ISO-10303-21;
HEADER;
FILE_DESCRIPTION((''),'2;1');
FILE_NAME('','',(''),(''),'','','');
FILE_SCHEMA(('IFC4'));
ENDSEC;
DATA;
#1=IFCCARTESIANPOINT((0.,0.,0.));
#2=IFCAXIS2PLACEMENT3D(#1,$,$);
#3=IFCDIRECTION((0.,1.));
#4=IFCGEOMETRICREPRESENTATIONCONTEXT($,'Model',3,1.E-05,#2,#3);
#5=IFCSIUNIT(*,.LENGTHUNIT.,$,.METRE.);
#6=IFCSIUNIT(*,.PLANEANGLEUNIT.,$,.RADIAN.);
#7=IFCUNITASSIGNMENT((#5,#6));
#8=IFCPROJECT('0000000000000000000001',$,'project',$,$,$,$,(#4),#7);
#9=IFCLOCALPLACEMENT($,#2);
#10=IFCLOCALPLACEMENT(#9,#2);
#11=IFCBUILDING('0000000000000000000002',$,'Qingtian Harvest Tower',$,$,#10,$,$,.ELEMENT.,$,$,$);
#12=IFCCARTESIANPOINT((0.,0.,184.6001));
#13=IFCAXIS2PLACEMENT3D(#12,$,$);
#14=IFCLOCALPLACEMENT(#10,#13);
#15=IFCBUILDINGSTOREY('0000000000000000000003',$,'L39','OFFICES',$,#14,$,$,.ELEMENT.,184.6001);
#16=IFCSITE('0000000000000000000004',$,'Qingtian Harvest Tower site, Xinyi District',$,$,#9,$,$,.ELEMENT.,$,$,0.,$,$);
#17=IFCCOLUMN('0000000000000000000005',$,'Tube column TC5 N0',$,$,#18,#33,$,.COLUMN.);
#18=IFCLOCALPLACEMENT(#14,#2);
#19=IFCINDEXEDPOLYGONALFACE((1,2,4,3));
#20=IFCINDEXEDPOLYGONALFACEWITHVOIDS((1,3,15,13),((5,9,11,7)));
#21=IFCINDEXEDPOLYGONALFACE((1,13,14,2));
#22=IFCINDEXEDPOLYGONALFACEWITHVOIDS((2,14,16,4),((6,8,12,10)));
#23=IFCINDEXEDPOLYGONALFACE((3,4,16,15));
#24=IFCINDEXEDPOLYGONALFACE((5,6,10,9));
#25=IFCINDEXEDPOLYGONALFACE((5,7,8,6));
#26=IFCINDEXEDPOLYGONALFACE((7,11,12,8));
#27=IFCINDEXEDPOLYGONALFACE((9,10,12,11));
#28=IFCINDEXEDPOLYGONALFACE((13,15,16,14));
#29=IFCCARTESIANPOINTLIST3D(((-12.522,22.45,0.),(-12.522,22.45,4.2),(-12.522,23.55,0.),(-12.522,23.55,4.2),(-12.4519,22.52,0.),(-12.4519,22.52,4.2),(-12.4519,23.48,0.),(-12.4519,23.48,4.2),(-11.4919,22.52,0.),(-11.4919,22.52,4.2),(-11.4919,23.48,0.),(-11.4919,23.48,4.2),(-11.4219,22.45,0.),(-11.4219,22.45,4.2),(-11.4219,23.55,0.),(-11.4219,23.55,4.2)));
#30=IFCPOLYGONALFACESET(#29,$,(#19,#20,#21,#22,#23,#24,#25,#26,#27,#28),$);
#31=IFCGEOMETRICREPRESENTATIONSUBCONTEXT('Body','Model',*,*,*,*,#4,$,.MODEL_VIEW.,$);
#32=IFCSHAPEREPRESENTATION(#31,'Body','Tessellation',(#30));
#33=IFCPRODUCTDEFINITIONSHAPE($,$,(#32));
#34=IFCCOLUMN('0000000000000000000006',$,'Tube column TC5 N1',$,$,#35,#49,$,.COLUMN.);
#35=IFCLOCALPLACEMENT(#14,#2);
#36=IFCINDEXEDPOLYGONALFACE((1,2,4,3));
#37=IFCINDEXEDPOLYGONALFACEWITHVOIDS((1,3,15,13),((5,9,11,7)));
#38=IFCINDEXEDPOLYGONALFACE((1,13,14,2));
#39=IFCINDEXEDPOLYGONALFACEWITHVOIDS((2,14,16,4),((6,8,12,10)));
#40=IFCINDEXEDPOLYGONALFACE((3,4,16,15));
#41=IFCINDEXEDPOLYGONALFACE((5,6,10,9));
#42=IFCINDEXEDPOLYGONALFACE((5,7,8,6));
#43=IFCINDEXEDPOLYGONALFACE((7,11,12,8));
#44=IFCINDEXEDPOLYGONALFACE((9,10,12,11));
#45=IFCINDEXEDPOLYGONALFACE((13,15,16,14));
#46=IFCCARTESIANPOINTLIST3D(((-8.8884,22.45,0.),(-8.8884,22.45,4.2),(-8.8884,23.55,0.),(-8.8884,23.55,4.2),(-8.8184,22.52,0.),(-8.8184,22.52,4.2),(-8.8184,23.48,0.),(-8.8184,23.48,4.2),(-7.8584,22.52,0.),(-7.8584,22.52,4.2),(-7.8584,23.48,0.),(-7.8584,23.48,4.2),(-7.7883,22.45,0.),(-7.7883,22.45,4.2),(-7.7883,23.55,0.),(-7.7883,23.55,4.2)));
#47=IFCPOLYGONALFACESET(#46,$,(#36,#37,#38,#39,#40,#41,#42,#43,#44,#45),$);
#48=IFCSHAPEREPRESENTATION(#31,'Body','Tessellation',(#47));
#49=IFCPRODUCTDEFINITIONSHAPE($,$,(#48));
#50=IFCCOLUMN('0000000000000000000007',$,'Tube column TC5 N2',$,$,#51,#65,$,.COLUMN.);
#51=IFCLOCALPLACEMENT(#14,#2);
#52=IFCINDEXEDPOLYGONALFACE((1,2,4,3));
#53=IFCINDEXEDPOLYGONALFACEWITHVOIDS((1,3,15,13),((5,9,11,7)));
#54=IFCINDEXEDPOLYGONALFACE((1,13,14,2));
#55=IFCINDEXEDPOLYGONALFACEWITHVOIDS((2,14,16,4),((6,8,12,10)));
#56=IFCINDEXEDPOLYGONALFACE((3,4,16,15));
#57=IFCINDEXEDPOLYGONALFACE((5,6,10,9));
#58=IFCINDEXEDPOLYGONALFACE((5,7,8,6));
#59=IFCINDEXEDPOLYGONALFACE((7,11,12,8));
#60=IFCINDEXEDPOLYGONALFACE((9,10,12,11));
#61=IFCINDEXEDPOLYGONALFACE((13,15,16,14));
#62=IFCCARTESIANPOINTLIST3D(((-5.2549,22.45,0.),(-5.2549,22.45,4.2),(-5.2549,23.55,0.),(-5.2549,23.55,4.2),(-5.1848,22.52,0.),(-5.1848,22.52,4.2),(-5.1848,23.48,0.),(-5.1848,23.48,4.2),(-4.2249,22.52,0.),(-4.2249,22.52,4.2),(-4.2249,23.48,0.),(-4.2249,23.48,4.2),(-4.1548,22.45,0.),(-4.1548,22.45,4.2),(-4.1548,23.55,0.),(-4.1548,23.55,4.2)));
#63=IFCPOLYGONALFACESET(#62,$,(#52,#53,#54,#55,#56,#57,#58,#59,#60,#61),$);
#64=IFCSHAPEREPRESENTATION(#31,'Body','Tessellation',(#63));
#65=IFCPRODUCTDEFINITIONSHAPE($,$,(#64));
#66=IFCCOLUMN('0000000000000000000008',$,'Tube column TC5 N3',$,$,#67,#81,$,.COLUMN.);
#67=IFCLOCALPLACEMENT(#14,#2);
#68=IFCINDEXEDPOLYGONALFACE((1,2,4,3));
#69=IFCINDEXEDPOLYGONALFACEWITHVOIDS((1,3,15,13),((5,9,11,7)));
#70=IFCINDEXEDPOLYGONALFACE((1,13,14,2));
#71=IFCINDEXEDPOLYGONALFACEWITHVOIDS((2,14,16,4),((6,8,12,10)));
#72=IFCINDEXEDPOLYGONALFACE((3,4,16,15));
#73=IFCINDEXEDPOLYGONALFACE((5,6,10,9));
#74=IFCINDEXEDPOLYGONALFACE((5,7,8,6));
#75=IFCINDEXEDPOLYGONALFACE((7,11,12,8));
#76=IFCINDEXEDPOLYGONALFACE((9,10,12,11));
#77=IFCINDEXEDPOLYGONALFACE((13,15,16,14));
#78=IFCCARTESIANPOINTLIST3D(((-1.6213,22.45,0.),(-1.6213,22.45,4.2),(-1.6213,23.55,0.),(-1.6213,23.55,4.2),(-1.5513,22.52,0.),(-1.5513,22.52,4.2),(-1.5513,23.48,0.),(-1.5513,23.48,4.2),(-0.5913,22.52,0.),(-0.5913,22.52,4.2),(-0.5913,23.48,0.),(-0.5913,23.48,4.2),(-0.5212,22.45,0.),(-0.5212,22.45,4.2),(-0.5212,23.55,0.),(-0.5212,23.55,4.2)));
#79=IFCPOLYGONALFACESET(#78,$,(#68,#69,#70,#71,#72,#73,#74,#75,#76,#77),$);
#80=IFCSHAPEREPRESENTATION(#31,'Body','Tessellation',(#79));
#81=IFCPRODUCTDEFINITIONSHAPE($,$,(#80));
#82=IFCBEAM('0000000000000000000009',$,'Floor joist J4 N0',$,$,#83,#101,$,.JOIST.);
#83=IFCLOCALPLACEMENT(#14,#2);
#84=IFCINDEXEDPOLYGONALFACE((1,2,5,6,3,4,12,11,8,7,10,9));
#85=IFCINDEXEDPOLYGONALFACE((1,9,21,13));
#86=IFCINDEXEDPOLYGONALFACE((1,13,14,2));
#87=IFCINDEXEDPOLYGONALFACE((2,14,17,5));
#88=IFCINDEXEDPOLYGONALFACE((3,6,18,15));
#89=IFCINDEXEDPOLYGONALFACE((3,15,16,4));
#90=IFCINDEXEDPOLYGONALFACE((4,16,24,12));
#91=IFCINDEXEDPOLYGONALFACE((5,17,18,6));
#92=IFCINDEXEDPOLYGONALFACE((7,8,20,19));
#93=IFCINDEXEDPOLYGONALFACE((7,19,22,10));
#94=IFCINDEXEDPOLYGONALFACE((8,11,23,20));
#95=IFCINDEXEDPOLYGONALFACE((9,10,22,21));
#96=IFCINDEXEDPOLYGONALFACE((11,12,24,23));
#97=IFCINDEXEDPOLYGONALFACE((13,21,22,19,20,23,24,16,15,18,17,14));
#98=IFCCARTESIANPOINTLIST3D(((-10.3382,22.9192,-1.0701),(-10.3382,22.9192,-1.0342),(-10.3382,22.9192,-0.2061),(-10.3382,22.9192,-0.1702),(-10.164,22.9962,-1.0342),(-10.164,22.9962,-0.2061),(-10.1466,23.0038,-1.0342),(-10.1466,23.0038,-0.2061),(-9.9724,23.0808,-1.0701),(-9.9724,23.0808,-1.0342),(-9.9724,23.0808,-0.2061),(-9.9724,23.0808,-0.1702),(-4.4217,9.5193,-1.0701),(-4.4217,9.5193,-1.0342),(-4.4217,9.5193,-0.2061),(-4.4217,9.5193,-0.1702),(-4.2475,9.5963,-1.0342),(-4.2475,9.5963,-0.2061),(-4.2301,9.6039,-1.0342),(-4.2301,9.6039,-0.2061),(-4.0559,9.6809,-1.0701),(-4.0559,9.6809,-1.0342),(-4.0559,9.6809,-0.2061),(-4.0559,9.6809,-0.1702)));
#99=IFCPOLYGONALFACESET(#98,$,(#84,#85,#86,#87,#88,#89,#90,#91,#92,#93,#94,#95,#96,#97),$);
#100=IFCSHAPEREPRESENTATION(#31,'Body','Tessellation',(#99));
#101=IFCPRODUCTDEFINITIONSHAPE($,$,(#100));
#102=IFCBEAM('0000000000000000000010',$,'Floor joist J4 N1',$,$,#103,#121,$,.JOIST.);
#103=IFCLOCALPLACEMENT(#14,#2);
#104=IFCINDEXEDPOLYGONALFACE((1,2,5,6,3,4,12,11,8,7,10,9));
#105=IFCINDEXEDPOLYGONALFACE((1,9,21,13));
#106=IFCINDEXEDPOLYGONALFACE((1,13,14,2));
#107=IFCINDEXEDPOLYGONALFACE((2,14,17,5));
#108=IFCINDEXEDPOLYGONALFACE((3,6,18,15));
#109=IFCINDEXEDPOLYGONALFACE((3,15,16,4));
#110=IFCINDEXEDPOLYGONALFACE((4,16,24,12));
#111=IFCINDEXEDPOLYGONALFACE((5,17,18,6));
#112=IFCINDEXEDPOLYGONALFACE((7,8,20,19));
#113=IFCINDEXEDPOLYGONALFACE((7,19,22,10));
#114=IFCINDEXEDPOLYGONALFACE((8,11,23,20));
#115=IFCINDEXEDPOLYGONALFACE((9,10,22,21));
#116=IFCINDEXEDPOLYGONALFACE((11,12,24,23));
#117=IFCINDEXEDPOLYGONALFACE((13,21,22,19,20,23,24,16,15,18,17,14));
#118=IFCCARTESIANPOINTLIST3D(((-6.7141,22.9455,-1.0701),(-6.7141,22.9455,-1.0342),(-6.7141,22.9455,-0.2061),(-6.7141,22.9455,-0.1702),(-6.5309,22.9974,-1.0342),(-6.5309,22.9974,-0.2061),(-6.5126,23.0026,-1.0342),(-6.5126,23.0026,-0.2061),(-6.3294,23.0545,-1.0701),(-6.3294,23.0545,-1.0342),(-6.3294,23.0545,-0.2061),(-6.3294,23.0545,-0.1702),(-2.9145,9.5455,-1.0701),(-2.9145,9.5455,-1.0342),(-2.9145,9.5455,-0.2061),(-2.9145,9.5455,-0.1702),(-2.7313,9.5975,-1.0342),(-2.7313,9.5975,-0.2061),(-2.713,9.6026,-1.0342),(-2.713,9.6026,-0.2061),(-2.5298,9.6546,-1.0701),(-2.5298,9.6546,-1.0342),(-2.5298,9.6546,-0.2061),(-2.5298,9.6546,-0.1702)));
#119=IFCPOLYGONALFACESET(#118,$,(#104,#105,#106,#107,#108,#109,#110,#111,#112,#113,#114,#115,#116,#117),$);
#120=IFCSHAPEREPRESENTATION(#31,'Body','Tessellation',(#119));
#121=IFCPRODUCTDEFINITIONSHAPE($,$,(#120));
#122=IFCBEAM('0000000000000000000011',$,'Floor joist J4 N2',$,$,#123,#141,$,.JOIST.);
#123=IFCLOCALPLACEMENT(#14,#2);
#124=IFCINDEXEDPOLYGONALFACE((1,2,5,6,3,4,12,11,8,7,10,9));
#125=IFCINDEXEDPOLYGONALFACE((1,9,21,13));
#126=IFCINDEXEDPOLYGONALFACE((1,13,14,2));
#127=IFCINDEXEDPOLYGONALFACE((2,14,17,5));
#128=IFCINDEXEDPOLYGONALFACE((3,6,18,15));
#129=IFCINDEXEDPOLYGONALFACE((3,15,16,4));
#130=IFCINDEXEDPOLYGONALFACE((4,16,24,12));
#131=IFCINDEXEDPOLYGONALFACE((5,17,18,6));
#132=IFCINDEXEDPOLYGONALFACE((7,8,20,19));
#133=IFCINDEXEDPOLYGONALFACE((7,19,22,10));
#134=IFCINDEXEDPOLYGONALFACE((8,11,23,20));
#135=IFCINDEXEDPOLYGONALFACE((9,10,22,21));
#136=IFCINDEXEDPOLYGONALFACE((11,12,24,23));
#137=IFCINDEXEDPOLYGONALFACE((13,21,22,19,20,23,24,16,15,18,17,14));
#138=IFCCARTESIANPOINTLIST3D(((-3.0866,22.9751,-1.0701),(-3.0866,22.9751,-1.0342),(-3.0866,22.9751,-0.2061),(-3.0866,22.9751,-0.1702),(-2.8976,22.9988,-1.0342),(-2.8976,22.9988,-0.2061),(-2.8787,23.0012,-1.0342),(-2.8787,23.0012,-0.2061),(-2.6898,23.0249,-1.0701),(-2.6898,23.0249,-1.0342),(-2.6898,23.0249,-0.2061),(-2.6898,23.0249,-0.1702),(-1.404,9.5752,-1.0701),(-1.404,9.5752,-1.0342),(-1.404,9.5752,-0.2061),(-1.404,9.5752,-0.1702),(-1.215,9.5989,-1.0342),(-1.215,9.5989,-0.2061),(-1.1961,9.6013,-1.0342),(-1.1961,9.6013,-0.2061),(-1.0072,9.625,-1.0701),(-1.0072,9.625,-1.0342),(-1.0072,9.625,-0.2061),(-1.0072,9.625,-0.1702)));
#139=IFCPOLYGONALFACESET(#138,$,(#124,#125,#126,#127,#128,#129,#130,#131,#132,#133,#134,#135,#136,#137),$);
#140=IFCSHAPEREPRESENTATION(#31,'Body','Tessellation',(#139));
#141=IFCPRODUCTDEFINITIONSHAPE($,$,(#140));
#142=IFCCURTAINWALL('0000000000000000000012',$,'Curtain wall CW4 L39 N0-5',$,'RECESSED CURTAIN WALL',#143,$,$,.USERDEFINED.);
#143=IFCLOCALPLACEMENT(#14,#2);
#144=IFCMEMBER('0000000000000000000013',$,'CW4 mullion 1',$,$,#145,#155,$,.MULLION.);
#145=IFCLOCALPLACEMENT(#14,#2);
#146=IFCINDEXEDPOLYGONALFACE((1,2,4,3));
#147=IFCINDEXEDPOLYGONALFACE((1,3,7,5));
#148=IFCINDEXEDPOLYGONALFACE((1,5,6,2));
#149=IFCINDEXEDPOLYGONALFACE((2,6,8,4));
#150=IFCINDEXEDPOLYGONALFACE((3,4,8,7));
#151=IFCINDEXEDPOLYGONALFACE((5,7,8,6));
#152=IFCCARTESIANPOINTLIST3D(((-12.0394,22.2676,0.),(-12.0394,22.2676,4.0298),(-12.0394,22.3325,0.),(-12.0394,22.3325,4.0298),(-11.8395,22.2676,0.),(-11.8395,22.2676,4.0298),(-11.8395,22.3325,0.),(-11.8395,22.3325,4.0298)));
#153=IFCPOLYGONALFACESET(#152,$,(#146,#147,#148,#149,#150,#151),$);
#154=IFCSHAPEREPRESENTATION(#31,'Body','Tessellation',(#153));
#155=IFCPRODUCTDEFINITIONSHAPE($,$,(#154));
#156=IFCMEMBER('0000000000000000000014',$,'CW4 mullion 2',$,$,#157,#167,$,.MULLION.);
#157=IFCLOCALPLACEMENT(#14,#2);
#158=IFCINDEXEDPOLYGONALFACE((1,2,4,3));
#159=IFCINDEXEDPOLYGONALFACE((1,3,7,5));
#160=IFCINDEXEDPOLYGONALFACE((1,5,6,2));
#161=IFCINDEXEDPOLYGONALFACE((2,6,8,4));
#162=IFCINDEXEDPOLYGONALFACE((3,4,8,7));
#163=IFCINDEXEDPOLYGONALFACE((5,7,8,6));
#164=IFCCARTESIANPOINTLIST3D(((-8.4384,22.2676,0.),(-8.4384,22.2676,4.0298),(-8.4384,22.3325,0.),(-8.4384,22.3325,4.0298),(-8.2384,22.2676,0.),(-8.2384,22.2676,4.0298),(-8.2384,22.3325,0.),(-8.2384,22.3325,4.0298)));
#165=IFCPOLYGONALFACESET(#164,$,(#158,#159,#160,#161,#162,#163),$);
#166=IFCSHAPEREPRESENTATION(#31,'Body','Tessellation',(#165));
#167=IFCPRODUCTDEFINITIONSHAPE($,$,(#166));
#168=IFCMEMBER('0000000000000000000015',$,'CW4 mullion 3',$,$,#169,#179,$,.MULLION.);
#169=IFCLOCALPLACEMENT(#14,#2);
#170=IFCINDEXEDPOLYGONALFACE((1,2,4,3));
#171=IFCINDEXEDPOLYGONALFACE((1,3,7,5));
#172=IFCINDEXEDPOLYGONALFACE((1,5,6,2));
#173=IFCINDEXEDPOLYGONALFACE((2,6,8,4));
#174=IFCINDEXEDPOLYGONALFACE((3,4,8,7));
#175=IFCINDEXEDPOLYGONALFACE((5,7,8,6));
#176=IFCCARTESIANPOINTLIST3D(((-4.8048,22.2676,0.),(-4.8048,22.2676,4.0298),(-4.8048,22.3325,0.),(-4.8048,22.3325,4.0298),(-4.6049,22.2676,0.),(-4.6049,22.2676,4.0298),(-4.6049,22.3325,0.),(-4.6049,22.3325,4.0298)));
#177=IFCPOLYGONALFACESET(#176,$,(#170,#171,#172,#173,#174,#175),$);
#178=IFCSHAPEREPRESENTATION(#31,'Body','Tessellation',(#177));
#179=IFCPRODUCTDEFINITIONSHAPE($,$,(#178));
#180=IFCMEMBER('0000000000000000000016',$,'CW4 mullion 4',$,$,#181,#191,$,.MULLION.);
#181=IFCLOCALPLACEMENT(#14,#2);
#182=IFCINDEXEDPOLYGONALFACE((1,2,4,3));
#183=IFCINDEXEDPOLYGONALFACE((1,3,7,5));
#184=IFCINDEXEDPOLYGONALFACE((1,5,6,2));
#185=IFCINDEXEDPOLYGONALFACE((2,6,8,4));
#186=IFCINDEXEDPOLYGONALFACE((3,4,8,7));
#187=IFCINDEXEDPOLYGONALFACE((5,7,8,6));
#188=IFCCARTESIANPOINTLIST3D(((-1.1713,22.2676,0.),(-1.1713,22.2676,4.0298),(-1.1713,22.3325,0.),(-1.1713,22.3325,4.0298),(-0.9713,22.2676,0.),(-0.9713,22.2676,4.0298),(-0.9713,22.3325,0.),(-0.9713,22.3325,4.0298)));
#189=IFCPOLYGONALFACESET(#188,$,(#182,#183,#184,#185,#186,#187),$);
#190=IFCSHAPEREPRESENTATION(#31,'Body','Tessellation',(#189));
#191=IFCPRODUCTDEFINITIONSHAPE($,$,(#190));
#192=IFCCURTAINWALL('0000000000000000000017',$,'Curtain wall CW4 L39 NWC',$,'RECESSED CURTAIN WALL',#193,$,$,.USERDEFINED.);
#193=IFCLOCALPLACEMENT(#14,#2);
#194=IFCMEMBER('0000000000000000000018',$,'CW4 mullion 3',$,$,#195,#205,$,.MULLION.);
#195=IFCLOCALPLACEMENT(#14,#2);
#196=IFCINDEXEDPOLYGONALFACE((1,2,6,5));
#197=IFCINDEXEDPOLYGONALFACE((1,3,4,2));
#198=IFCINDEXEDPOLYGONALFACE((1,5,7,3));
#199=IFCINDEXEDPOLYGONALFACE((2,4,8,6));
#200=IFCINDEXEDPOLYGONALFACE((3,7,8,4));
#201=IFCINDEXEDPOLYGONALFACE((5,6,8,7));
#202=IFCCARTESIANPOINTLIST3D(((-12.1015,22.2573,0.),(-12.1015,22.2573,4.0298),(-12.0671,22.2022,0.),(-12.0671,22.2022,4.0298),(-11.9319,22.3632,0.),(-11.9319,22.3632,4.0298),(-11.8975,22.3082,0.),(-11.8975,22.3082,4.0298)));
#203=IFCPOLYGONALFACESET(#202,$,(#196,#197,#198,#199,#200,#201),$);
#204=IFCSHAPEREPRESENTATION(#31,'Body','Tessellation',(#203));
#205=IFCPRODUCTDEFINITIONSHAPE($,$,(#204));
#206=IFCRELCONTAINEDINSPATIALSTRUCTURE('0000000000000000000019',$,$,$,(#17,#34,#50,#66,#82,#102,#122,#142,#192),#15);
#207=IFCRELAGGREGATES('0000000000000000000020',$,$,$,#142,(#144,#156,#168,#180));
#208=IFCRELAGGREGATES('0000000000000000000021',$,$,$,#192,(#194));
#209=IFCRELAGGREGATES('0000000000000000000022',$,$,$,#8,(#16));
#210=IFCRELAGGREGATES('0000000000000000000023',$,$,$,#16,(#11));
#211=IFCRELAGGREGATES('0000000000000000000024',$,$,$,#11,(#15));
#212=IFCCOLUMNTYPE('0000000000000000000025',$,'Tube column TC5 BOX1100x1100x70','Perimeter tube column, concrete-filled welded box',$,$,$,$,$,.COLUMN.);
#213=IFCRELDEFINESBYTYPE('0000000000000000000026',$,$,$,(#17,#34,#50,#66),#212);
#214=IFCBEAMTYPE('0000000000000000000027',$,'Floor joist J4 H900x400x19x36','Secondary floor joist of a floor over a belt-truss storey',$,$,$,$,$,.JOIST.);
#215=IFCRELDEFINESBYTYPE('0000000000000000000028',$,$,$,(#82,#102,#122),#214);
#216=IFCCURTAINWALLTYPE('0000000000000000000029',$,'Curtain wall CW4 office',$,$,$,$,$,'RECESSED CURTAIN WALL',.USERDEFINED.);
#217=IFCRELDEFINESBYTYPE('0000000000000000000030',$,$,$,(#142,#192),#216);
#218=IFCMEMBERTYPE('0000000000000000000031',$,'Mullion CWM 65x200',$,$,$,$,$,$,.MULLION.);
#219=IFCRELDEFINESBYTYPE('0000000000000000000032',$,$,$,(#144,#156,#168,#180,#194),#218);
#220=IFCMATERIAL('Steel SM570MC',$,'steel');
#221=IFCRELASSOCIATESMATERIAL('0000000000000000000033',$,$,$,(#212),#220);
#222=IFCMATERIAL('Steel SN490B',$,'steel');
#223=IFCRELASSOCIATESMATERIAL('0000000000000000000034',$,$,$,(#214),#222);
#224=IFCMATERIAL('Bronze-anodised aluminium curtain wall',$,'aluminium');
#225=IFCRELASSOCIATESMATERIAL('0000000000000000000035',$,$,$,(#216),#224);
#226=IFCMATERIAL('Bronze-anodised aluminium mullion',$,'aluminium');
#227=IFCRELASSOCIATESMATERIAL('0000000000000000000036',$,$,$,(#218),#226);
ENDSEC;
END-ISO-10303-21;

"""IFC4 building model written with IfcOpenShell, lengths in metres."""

from ifc_helpers import new_model, si_unit, direction, frame, origin, origin_2d, place, context, subcontext, project, spatial, rectangle, hollow_rectangle, i_section, extrude, material, material_profile, profile_set, type_object, element, aggregate, save


model = new_model("IFC4")

# Units and contexts
model_context = context("Model", 3, precision=1e-05, world=origin(), true_north=direction((0.0, 1.0)))
body_context = subcontext(model_context, "Body", "Model", "MODEL_VIEW")
ifc_project = project(units=[si_unit("LENGTHUNIT", "METRE"), si_unit("PLANEANGLEUNIT", "RADIAN")], contexts=[model_context])

# Site, building, storey
site_placement = place(None, origin())
site = spatial("IfcSite", under=ifc_project, at=site_placement, Name="Qingtian Harvest Tower site, Xinyi District", CompositionType="ELEMENT", RefElevation=0.0)
building_placement = place(site_placement, origin())
building = spatial("IfcBuilding", under=site, at=building_placement, Name="Qingtian Harvest Tower", CompositionType="ELEMENT")
storey_placement = place(building_placement, frame((0.0, 0.0, 184.6001)))
storey = spatial("IfcBuildingStorey", under=building, at=storey_placement, Name="L39", Description="OFFICES", CompositionType="ELEMENT", Elevation=184.6001)

# Columns
ifc_material_1 = material(Name="Steel SM570MC", Category="steel")
ifc_material_profile_1 = material_profile(ifc_material_1, hollow_rectangle(XDim=1.1001, YDim=1.1001, WallThickness=0.0701, at=origin_2d()), Name="BOX1100x1100x70")
ifc_profile_set_1 = profile_set([ifc_material_profile_1], Name="Steel SM570MC")
column_type = type_object("IfcColumnType", Name="Tube column TC5 BOX1100x1100x70", Description="Perimeter tube column, concrete-filled welded box", PredefinedType="COLUMN", material=ifc_profile_set_1)
for number, where, z_axis, x_axis, name in (
    (1, (-11.9719, 23.0, 0.0), (0.0, 0.0, 1.0), (-1.0, 0.0, 0.0), "Tube column TC5 N0"),
    (2, (-8.3384, 23.0, 0.0), (0.0, 0.0, 1.0), (-1.0, 0.0, 0.0), "Tube column TC5 N1"),
    (3, (-4.7048, 23.0, 0.0), (0.0, 0.0, 1.0), (-1.0, 0.0, 0.0), "Tube column TC5 N2"),
    (4, (-1.0713, 23.0, 0.0), (0.0, 0.0, 1.0), (-1.0, 0.0, 0.0), "Tube column TC5 N3"),
):
    element("IfcColumn", number, at=place(storey_placement, frame(where, z_axis=z_axis, x_axis=x_axis)), inside=storey, type_object=column_type, Name=name, PredefinedType="COLUMN", context=body_context, shape_type="SweptSolid", body=[
        extrude(hollow_rectangle(XDim=1.1001, YDim=1.1001, WallThickness=0.0701, at=origin_2d()), origin(), (0.0, 0.0, 1.0), 4.2),
    ])

# Beams
ifc_material_2 = material(Name="Steel SN490B", Category="steel")
ifc_material_profile_2 = material_profile(ifc_material_2, i_section(OverallWidth=0.3999, OverallDepth=0.8999, WebThickness=0.019, FlangeThickness=0.0359, at=origin_2d()), Name="H900x400x19x36")
ifc_profile_set_2 = profile_set([ifc_material_profile_2], Name="Steel SN490B")
beam_type_1 = type_object("IfcBeamType", Name="Floor joist J4 H900x400x19x36", Description="Secondary floor joist of a floor over a belt-truss storey", PredefinedType="JOIST", material=ifc_profile_set_2)
beam_1_placement = place(storey_placement, frame((-10.1553, 23.0, -0.6201), z_axis=(0.403913, -0.914797, 0.0), x_axis=(0.914797, 0.403913, 0.0)))
element("IfcBeam", 5, at=beam_1_placement, inside=storey, type_object=beam_type_1, Name="Floor joist J4 N0", PredefinedType="JOIST", context=body_context, shape_type="SweptSolid", body=[
    extrude(i_section(OverallWidth=0.3999, OverallDepth=0.8999, WebThickness=0.019, FlangeThickness=0.0359, at=origin_2d()), origin(), (0.0, 0.0, 1.0), 14.6479),
])
beam_2_placement = place(storey_placement, frame((-6.5217, 23.0, -0.6201), z_axis=(0.272797, -0.962072, 0.0), x_axis=(0.962072, 0.272797, 0.0)))
element("IfcBeam", 6, at=beam_2_placement, inside=storey, type_object=beam_type_1, Name="Floor joist J4 N1", PredefinedType="JOIST", context=body_context, shape_type="SweptSolid", body=[
    extrude(i_section(OverallWidth=0.3999, OverallDepth=0.8999, WebThickness=0.019, FlangeThickness=0.0359, at=origin_2d()), origin(), (0.0, 0.0, 1.0), 13.9282),
])
beam_3_placement = place(storey_placement, frame((-2.8882, 23.0, -0.6201), z_axis=(0.124591, -0.992208, 0.0), x_axis=(0.992208, 0.124591, 0.0)))
element("IfcBeam", 7, at=beam_3_placement, inside=storey, type_object=beam_type_1, Name="Floor joist J4 N2", PredefinedType="JOIST", context=body_context, shape_type="SweptSolid", body=[
    extrude(i_section(OverallWidth=0.3999, OverallDepth=0.8999, WebThickness=0.019, FlangeThickness=0.0359, at=origin_2d()), origin(), (0.0, 0.0, 1.0), 13.5051),
])

# Curtain wall, members
ifc_material_3 = material(Name="Bronze-anodised aluminium curtain wall", Category="aluminium")
curtain_wall_type = type_object("IfcCurtainWallType", Name="Curtain wall CW4 office", ElementType="RECESSED CURTAIN WALL", PredefinedType="USERDEFINED", material=ifc_material_3)
curtain_wall_1_placement = place(storey_placement, origin())
curtain_wall_1 = element("IfcCurtainWall", 8, at=curtain_wall_1_placement, inside=storey, type_object=curtain_wall_type, Name="Curtain wall CW4 L39 N0-5", ObjectType="RECESSED CURTAIN WALL", PredefinedType="USERDEFINED")
ifc_material_4 = material(Name="Bronze-anodised aluminium mullion", Category="aluminium")
ifc_material_profile_3 = material_profile(ifc_material_4, rectangle(XDim=0.0649, YDim=0.2, at=origin_2d()), Name="AL 65x200")
ifc_profile_set_3 = profile_set([ifc_material_profile_3], Name="Bronze-anodised aluminium mullion")
member_type_1 = type_object("IfcMemberType", Name="Mullion CWM 65x200", PredefinedType="MULLION", material=ifc_profile_set_3)
member_1_placement = place(storey_placement, frame((-11.9395, 22.3, 0.0), z_axis=(0.0, 0.0, 1.0), x_axis=(0.0, 1.0, 0.0)))
member_1 = element("IfcMember", 9, at=member_1_placement, type_object=member_type_1, Name="CW4 mullion 1", PredefinedType="MULLION", context=body_context, shape_type="SweptSolid", body=[
    extrude(rectangle(XDim=0.0649, YDim=0.2, at=origin_2d()), origin(), (0.0, 0.0, 1.0), 4.0298),
])
member_2_placement = place(storey_placement, frame((-8.3384, 22.3, 0.0), z_axis=(0.0, 0.0, 1.0), x_axis=(0.0, 1.0, 0.0)))
member_2 = element("IfcMember", 10, at=member_2_placement, type_object=member_type_1, Name="CW4 mullion 2", PredefinedType="MULLION", context=body_context, shape_type="SweptSolid", body=[
    extrude(rectangle(XDim=0.0649, YDim=0.2, at=origin_2d()), origin(), (0.0, 0.0, 1.0), 4.0298),
])
member_3_placement = place(storey_placement, frame((-4.7048, 22.3, 0.0), z_axis=(0.0, 0.0, 1.0), x_axis=(0.0, 1.0, 0.0)))
member_3 = element("IfcMember", 11, at=member_3_placement, type_object=member_type_1, Name="CW4 mullion 3", PredefinedType="MULLION", context=body_context, shape_type="SweptSolid", body=[
    extrude(rectangle(XDim=0.0649, YDim=0.2, at=origin_2d()), origin(), (0.0, 0.0, 1.0), 4.0298),
])
member_4_placement = place(storey_placement, frame((-1.0713, 22.3, 0.0), z_axis=(0.0, 0.0, 1.0), x_axis=(0.0, 1.0, 0.0)))
member_4 = element("IfcMember", 12, at=member_4_placement, type_object=member_type_1, Name="CW4 mullion 4", PredefinedType="MULLION", context=body_context, shape_type="SweptSolid", body=[
    extrude(rectangle(XDim=0.0649, YDim=0.2, at=origin_2d()), origin(), (0.0, 0.0, 1.0), 4.0298),
])

# Curtain wall, member
curtain_wall_2_placement = place(storey_placement, origin())
curtain_wall_2 = element("IfcCurtainWall", 13, at=curtain_wall_2_placement, inside=storey, type_object=curtain_wall_type, Name="Curtain wall CW4 L39 NWC", ObjectType="RECESSED CURTAIN WALL", PredefinedType="USERDEFINED")
member_5_placement = place(storey_placement, frame((-11.9995, 22.2827, 0.0), z_axis=(0.0, 0.0, 1.0), x_axis=(-0.529919, 0.848048, 0.0)))
member_5 = element("IfcMember", 14, at=member_5_placement, type_object=member_type_1, Name="CW4 mullion 3", PredefinedType="MULLION", context=body_context, shape_type="SweptSolid", body=[
    extrude(rectangle(XDim=0.0649, YDim=0.2, at=origin_2d()), origin(), (0.0, 0.0, 1.0), 4.0298),
])

aggregate(curtain_wall_1, [member_1, member_2, member_3, member_4])
aggregate(curtain_wall_2, [member_5])

save(model, "model.ifc")
